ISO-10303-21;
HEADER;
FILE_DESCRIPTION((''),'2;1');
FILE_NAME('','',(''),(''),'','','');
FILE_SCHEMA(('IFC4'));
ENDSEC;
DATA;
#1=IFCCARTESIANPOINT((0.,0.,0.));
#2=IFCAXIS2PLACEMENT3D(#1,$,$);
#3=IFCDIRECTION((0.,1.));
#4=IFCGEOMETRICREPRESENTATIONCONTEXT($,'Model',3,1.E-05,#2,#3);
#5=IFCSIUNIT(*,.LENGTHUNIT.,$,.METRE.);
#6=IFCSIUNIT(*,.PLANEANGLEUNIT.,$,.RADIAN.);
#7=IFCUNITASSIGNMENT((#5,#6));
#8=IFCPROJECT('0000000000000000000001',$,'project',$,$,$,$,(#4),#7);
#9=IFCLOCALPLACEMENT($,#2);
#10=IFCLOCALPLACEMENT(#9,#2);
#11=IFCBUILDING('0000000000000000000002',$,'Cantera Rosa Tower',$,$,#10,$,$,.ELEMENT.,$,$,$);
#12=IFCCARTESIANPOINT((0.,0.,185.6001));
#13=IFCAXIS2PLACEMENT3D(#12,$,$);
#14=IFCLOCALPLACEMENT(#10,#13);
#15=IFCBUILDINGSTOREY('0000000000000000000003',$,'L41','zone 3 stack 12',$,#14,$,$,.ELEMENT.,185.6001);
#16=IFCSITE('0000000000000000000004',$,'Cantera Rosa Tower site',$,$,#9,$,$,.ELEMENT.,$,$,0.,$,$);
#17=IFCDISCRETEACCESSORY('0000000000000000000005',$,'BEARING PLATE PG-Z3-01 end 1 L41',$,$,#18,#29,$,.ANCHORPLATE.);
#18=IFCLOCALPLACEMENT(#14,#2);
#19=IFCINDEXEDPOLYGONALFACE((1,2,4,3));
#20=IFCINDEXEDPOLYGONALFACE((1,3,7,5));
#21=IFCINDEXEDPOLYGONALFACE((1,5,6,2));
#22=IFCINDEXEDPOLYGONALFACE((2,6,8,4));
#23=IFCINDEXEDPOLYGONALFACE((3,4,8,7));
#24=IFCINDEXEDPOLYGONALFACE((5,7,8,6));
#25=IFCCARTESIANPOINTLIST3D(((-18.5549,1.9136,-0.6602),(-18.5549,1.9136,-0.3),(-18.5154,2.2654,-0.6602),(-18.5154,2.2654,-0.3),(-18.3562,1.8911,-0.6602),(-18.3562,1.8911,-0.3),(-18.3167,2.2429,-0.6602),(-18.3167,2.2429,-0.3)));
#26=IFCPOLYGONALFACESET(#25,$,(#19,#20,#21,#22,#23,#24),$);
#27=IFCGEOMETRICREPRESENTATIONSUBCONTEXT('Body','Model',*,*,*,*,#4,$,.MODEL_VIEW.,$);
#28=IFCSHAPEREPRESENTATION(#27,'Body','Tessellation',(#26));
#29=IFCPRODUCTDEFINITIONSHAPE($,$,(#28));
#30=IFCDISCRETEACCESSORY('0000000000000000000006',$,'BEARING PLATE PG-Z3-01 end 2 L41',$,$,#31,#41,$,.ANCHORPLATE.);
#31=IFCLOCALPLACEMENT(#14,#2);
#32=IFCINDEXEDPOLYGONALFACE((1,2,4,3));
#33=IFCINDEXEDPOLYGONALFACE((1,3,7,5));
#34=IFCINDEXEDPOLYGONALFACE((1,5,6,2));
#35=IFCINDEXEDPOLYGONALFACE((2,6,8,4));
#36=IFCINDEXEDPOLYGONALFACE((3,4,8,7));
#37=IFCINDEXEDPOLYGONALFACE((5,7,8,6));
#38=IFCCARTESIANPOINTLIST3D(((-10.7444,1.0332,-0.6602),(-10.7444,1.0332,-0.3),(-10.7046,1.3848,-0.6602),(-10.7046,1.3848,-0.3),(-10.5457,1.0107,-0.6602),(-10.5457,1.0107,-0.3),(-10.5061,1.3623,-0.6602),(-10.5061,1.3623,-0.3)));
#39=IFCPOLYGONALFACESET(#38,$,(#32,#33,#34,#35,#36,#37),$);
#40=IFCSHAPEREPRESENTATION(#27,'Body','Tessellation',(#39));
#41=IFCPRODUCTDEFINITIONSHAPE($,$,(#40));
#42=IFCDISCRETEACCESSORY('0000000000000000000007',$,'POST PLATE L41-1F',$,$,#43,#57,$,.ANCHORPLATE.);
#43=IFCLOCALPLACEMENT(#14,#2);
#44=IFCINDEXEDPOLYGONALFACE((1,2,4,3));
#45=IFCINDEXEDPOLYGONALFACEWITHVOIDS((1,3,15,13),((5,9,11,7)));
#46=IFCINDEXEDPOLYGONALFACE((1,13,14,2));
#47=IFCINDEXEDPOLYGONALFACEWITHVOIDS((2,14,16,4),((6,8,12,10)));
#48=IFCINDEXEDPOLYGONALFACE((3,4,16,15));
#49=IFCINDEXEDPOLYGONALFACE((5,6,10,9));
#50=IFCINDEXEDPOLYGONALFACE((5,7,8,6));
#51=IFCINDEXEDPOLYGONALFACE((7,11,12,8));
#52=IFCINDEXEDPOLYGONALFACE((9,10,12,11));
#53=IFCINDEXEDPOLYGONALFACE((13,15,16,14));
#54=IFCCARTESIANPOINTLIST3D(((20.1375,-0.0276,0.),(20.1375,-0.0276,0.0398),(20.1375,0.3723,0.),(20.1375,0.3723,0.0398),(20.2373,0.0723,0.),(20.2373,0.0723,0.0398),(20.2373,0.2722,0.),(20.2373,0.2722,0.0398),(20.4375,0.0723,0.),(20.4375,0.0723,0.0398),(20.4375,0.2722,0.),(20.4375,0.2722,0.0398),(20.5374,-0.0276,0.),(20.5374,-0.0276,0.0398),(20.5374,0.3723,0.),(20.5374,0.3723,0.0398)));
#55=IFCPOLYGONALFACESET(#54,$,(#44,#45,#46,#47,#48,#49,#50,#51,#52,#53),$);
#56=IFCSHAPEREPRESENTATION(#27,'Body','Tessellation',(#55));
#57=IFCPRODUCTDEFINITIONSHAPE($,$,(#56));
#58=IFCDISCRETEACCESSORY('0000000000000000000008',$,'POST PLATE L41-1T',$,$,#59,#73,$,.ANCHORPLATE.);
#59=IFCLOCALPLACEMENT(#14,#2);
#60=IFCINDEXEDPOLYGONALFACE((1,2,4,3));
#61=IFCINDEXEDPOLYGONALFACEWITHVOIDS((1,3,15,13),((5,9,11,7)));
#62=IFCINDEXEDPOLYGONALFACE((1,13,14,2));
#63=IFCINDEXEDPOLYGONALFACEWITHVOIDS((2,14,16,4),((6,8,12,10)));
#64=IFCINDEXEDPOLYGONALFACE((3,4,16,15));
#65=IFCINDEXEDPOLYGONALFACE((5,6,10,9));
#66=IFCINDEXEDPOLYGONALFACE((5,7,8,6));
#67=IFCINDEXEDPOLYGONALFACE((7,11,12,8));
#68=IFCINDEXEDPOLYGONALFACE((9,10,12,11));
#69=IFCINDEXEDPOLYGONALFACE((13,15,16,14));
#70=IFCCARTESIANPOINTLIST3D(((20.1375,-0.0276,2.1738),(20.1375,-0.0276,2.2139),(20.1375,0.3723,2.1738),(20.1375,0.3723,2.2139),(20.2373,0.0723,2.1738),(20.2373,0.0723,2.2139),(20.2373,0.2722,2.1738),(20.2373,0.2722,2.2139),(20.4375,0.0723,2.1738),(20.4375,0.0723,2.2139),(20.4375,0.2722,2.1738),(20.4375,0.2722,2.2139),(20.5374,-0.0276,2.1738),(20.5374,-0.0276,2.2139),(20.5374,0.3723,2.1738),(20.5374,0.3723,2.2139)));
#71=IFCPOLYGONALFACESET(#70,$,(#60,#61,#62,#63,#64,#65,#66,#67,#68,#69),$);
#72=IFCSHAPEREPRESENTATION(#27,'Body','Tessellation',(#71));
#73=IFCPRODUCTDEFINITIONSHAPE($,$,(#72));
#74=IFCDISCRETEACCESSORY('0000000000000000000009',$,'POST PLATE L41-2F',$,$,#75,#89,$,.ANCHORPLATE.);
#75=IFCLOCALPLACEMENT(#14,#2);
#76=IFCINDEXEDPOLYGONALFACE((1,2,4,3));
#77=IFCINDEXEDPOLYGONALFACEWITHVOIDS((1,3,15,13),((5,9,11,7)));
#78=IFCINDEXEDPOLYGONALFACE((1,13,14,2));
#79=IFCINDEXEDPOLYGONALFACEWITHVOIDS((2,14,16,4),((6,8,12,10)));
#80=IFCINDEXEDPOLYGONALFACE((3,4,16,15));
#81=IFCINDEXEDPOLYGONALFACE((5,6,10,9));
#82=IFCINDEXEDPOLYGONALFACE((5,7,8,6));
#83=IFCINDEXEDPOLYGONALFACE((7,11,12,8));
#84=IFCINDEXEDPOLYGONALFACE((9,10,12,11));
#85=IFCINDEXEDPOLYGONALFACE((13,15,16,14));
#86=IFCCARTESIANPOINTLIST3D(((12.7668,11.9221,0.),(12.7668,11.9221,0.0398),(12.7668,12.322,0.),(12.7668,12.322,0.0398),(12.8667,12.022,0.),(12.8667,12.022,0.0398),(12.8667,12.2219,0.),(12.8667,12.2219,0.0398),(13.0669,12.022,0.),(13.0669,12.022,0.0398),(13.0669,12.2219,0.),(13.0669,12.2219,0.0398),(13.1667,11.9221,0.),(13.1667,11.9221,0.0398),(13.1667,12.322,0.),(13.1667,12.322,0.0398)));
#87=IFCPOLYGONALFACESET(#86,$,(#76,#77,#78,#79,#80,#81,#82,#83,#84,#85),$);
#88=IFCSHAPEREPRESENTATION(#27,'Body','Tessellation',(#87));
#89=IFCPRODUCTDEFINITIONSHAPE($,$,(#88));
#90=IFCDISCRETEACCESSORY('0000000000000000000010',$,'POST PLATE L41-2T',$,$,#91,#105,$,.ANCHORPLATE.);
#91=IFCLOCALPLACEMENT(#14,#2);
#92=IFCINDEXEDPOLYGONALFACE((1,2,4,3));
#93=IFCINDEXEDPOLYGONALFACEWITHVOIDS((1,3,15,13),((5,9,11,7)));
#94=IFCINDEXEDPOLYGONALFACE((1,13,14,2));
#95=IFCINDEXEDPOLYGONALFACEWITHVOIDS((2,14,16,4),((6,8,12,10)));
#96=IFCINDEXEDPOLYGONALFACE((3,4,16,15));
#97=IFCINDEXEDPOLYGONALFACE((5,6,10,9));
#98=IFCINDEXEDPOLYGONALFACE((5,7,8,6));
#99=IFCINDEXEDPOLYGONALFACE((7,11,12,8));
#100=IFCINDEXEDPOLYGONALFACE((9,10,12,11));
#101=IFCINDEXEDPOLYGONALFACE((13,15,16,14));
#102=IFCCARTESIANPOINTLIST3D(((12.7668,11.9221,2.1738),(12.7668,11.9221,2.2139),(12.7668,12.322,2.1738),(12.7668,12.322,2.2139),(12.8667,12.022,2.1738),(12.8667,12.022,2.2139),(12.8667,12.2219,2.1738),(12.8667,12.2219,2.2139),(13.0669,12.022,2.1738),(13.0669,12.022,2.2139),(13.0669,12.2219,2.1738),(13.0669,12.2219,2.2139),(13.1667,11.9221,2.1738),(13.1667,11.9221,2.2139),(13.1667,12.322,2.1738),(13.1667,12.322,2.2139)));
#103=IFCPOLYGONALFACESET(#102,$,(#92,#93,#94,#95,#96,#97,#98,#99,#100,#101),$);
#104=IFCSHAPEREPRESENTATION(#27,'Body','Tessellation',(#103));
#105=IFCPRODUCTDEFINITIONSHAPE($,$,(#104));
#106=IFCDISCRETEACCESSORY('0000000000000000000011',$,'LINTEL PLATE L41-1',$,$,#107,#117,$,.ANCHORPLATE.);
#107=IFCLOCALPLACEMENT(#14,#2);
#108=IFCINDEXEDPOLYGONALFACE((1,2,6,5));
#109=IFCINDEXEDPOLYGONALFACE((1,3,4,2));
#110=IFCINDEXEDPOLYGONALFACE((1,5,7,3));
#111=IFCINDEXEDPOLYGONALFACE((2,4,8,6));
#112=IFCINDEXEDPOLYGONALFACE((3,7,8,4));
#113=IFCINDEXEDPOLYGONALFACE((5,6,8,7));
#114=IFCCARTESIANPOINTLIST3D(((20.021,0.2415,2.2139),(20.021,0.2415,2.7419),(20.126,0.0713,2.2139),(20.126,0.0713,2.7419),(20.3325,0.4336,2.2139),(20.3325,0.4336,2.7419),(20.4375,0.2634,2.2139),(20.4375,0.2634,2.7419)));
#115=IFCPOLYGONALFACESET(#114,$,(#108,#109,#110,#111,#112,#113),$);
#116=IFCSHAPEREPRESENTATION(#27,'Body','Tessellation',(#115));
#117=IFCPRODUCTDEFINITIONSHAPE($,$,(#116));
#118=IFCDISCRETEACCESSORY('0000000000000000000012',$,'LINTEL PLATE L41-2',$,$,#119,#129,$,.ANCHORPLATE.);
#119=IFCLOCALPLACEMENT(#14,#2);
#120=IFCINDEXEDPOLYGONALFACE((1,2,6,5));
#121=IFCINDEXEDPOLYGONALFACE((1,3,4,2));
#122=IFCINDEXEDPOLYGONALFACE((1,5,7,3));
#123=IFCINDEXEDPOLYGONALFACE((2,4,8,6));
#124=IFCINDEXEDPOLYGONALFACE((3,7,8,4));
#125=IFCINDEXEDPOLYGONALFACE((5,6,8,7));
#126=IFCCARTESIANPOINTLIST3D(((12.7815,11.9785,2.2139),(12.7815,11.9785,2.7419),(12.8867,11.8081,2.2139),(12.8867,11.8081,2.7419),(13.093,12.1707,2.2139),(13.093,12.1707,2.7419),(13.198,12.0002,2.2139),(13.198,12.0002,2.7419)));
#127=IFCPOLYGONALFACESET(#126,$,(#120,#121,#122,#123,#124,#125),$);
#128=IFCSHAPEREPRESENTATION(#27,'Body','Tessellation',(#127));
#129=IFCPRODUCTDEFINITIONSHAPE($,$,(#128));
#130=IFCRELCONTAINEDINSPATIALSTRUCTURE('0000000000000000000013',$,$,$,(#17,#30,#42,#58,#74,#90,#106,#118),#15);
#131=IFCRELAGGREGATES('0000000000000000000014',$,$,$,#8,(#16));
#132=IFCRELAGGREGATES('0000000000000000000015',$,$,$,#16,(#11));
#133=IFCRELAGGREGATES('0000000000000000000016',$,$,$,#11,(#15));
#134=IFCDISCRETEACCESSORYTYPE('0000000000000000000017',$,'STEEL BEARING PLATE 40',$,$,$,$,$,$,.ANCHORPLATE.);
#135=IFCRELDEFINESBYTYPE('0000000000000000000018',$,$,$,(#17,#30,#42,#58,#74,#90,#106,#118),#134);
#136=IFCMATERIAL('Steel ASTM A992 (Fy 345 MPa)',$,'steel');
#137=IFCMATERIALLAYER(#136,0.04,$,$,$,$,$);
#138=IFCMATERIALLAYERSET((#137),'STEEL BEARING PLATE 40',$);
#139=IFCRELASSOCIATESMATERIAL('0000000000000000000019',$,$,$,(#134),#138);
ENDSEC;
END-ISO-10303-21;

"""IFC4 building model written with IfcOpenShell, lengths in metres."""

from ifc_helpers import new_model, si_unit, direction, frame, origin, place, context, subcontext, project, spatial, polyline, outline, extrude, material, layer, layer_set, type_object, element, save


model = new_model("IFC4")

# Units and contexts
model_context = context("Model", 3, precision=1e-05, world=origin(), true_north=direction((0.0, 1.0)))
body_context = subcontext(model_context, "Body", "Model", "MODEL_VIEW")
ifc_project = project(units=[si_unit("LENGTHUNIT", "METRE"), si_unit("PLANEANGLEUNIT", "RADIAN")], contexts=[model_context])

# Site, building, storey
site_placement = place(None, origin())
site = spatial("IfcSite", under=ifc_project, at=site_placement, Name="Cantera Rosa Tower site", CompositionType="ELEMENT", RefElevation=0.0)
building_placement = place(site_placement, origin())
building = spatial("IfcBuilding", under=site, at=building_placement, Name="Cantera Rosa Tower", CompositionType="ELEMENT")
storey_placement = place(building_placement, frame((0.0, 0.0, 185.6001)))
storey = spatial("IfcBuildingStorey", under=building, at=storey_placement, Name="L41", Description="zone 3 stack 12", CompositionType="ELEMENT", Elevation=185.6001)

# Discrete accessories
ifc_material_1 = material(Name="Steel ASTM A992 (Fy 345 MPa)", Category="steel")
ifc_layer_1 = layer(ifc_material_1, 0.04)
ifc_layer_set_1 = layer_set([ifc_layer_1], Name="STEEL BEARING PLATE 40")
discrete_accessory_type = type_object("IfcDiscreteAccessoryType", Name="STEEL BEARING PLATE 40", PredefinedType="ANCHORPLATE", material=ifc_layer_set_1)
discrete_accessory_1_placement = place(storey_placement, frame((0.0, 0.0, -0.6602)))
element("IfcDiscreteAccessory", 1, at=discrete_accessory_1_placement, inside=storey, type_object=discrete_accessory_type, Name="BEARING PLATE PG-Z3-01 end 1 L41", PredefinedType="ANCHORPLATE", context=body_context, shape_type="SweptSolid", body=[
    extrude(outline(polyline([(-18.3167, 2.2429), (-18.5154, 2.2654), (-18.5549, 1.9136), (-18.3562, 1.8911), (-18.3167, 2.2429)])), origin(), (0.0, 0.0, 1.0), 0.3601),
])
discrete_accessory_2_placement = place(storey_placement, frame((0.0, 0.0, -0.6602)))
element("IfcDiscreteAccessory", 2, at=discrete_accessory_2_placement, inside=storey, type_object=discrete_accessory_type, Name="BEARING PLATE PG-Z3-01 end 2 L41", PredefinedType="ANCHORPLATE", context=body_context, shape_type="SweptSolid", body=[
    extrude(outline(polyline([(-10.7444, 1.0332), (-10.5457, 1.0107), (-10.5061, 1.3623), (-10.7046, 1.3848), (-10.7444, 1.0332)])), origin(), (0.0, 0.0, 1.0), 0.3601),
])
discrete_accessory_3_placement = place(storey_placement, origin())
element("IfcDiscreteAccessory", 3, at=discrete_accessory_3_placement, inside=storey, type_object=discrete_accessory_type, Name="POST PLATE L41-1F", PredefinedType="ANCHORPLATE", context=body_context, shape_type="SweptSolid", body=[
    extrude(outline(polyline([(20.1375, -0.0276), (20.5374, -0.0276), (20.5374, 0.3723), (20.1375, 0.3723), (20.1375, -0.0276)]), holes=[polyline([(20.2373, 0.0723), (20.4375, 0.0723), (20.4375, 0.2722), (20.2373, 0.2722), (20.2373, 0.0723)])]), origin(), (0.0, 0.0, 1.0), 0.0398),
])
discrete_accessory_4_placement = place(storey_placement, frame((0.0, 0.0, 2.1738)))
element("IfcDiscreteAccessory", 4, at=discrete_accessory_4_placement, inside=storey, type_object=discrete_accessory_type, Name="POST PLATE L41-1T", PredefinedType="ANCHORPLATE", context=body_context, shape_type="SweptSolid", body=[
    extrude(outline(polyline([(20.1375, -0.0276), (20.5374, -0.0276), (20.5374, 0.3723), (20.1375, 0.3723), (20.1375, -0.0276)]), holes=[polyline([(20.2373, 0.0723), (20.4375, 0.0723), (20.4375, 0.2722), (20.2373, 0.2722), (20.2373, 0.0723)])]), origin(), (0.0, 0.0, 1.0), 0.04),
])
discrete_accessory_5_placement = place(storey_placement, origin())
element("IfcDiscreteAccessory", 5, at=discrete_accessory_5_placement, inside=storey, type_object=discrete_accessory_type, Name="POST PLATE L41-2F", PredefinedType="ANCHORPLATE", context=body_context, shape_type="SweptSolid", body=[
    extrude(outline(polyline([(12.7668, 11.9221), (13.1667, 11.9221), (13.1667, 12.322), (12.7668, 12.322), (12.7668, 11.9221)]), holes=[polyline([(12.8667, 12.022), (13.0669, 12.022), (13.0669, 12.2219), (12.8667, 12.2219), (12.8667, 12.022)])]), origin(), (0.0, 0.0, 1.0), 0.0398),
])
discrete_accessory_6_placement = place(storey_placement, frame((0.0, 0.0, 2.1738)))
element("IfcDiscreteAccessory", 6, at=discrete_accessory_6_placement, inside=storey, type_object=discrete_accessory_type, Name="POST PLATE L41-2T", PredefinedType="ANCHORPLATE", context=body_context, shape_type="SweptSolid", body=[
    extrude(outline(polyline([(12.7668, 11.9221), (13.1667, 11.9221), (13.1667, 12.322), (12.7668, 12.322), (12.7668, 11.9221)]), holes=[polyline([(12.8667, 12.022), (13.0669, 12.022), (13.0669, 12.2219), (12.8667, 12.2219), (12.8667, 12.022)])]), origin(), (0.0, 0.0, 1.0), 0.04),
])
discrete_accessory_7_placement = place(storey_placement, frame((0.0, 0.0, 2.2139)))
element("IfcDiscreteAccessory", 7, at=discrete_accessory_7_placement, inside=storey, type_object=discrete_accessory_type, Name="LINTEL PLATE L41-1", PredefinedType="ANCHORPLATE", context=body_context, shape_type="SweptSolid", body=[
    extrude(outline(polyline([(20.021, 0.2415), (20.126, 0.0713), (20.4375, 0.2634), (20.3325, 0.4336), (20.021, 0.2415)])), origin(), (0.0, 0.0, 1.0), 0.5281),
])
discrete_accessory_8_placement = place(storey_placement, frame((0.0, 0.0, 2.2139)))
element("IfcDiscreteAccessory", 8, at=discrete_accessory_8_placement, inside=storey, type_object=discrete_accessory_type, Name="LINTEL PLATE L41-2", PredefinedType="ANCHORPLATE", context=body_context, shape_type="SweptSolid", body=[
    extrude(outline(polyline([(13.198, 12.0002), (13.093, 12.1707), (12.7815, 11.9785), (12.8867, 11.8081), (13.198, 12.0002)])), origin(), (0.0, 0.0, 1.0), 0.5281),
])

save(model, "model.ifc")
